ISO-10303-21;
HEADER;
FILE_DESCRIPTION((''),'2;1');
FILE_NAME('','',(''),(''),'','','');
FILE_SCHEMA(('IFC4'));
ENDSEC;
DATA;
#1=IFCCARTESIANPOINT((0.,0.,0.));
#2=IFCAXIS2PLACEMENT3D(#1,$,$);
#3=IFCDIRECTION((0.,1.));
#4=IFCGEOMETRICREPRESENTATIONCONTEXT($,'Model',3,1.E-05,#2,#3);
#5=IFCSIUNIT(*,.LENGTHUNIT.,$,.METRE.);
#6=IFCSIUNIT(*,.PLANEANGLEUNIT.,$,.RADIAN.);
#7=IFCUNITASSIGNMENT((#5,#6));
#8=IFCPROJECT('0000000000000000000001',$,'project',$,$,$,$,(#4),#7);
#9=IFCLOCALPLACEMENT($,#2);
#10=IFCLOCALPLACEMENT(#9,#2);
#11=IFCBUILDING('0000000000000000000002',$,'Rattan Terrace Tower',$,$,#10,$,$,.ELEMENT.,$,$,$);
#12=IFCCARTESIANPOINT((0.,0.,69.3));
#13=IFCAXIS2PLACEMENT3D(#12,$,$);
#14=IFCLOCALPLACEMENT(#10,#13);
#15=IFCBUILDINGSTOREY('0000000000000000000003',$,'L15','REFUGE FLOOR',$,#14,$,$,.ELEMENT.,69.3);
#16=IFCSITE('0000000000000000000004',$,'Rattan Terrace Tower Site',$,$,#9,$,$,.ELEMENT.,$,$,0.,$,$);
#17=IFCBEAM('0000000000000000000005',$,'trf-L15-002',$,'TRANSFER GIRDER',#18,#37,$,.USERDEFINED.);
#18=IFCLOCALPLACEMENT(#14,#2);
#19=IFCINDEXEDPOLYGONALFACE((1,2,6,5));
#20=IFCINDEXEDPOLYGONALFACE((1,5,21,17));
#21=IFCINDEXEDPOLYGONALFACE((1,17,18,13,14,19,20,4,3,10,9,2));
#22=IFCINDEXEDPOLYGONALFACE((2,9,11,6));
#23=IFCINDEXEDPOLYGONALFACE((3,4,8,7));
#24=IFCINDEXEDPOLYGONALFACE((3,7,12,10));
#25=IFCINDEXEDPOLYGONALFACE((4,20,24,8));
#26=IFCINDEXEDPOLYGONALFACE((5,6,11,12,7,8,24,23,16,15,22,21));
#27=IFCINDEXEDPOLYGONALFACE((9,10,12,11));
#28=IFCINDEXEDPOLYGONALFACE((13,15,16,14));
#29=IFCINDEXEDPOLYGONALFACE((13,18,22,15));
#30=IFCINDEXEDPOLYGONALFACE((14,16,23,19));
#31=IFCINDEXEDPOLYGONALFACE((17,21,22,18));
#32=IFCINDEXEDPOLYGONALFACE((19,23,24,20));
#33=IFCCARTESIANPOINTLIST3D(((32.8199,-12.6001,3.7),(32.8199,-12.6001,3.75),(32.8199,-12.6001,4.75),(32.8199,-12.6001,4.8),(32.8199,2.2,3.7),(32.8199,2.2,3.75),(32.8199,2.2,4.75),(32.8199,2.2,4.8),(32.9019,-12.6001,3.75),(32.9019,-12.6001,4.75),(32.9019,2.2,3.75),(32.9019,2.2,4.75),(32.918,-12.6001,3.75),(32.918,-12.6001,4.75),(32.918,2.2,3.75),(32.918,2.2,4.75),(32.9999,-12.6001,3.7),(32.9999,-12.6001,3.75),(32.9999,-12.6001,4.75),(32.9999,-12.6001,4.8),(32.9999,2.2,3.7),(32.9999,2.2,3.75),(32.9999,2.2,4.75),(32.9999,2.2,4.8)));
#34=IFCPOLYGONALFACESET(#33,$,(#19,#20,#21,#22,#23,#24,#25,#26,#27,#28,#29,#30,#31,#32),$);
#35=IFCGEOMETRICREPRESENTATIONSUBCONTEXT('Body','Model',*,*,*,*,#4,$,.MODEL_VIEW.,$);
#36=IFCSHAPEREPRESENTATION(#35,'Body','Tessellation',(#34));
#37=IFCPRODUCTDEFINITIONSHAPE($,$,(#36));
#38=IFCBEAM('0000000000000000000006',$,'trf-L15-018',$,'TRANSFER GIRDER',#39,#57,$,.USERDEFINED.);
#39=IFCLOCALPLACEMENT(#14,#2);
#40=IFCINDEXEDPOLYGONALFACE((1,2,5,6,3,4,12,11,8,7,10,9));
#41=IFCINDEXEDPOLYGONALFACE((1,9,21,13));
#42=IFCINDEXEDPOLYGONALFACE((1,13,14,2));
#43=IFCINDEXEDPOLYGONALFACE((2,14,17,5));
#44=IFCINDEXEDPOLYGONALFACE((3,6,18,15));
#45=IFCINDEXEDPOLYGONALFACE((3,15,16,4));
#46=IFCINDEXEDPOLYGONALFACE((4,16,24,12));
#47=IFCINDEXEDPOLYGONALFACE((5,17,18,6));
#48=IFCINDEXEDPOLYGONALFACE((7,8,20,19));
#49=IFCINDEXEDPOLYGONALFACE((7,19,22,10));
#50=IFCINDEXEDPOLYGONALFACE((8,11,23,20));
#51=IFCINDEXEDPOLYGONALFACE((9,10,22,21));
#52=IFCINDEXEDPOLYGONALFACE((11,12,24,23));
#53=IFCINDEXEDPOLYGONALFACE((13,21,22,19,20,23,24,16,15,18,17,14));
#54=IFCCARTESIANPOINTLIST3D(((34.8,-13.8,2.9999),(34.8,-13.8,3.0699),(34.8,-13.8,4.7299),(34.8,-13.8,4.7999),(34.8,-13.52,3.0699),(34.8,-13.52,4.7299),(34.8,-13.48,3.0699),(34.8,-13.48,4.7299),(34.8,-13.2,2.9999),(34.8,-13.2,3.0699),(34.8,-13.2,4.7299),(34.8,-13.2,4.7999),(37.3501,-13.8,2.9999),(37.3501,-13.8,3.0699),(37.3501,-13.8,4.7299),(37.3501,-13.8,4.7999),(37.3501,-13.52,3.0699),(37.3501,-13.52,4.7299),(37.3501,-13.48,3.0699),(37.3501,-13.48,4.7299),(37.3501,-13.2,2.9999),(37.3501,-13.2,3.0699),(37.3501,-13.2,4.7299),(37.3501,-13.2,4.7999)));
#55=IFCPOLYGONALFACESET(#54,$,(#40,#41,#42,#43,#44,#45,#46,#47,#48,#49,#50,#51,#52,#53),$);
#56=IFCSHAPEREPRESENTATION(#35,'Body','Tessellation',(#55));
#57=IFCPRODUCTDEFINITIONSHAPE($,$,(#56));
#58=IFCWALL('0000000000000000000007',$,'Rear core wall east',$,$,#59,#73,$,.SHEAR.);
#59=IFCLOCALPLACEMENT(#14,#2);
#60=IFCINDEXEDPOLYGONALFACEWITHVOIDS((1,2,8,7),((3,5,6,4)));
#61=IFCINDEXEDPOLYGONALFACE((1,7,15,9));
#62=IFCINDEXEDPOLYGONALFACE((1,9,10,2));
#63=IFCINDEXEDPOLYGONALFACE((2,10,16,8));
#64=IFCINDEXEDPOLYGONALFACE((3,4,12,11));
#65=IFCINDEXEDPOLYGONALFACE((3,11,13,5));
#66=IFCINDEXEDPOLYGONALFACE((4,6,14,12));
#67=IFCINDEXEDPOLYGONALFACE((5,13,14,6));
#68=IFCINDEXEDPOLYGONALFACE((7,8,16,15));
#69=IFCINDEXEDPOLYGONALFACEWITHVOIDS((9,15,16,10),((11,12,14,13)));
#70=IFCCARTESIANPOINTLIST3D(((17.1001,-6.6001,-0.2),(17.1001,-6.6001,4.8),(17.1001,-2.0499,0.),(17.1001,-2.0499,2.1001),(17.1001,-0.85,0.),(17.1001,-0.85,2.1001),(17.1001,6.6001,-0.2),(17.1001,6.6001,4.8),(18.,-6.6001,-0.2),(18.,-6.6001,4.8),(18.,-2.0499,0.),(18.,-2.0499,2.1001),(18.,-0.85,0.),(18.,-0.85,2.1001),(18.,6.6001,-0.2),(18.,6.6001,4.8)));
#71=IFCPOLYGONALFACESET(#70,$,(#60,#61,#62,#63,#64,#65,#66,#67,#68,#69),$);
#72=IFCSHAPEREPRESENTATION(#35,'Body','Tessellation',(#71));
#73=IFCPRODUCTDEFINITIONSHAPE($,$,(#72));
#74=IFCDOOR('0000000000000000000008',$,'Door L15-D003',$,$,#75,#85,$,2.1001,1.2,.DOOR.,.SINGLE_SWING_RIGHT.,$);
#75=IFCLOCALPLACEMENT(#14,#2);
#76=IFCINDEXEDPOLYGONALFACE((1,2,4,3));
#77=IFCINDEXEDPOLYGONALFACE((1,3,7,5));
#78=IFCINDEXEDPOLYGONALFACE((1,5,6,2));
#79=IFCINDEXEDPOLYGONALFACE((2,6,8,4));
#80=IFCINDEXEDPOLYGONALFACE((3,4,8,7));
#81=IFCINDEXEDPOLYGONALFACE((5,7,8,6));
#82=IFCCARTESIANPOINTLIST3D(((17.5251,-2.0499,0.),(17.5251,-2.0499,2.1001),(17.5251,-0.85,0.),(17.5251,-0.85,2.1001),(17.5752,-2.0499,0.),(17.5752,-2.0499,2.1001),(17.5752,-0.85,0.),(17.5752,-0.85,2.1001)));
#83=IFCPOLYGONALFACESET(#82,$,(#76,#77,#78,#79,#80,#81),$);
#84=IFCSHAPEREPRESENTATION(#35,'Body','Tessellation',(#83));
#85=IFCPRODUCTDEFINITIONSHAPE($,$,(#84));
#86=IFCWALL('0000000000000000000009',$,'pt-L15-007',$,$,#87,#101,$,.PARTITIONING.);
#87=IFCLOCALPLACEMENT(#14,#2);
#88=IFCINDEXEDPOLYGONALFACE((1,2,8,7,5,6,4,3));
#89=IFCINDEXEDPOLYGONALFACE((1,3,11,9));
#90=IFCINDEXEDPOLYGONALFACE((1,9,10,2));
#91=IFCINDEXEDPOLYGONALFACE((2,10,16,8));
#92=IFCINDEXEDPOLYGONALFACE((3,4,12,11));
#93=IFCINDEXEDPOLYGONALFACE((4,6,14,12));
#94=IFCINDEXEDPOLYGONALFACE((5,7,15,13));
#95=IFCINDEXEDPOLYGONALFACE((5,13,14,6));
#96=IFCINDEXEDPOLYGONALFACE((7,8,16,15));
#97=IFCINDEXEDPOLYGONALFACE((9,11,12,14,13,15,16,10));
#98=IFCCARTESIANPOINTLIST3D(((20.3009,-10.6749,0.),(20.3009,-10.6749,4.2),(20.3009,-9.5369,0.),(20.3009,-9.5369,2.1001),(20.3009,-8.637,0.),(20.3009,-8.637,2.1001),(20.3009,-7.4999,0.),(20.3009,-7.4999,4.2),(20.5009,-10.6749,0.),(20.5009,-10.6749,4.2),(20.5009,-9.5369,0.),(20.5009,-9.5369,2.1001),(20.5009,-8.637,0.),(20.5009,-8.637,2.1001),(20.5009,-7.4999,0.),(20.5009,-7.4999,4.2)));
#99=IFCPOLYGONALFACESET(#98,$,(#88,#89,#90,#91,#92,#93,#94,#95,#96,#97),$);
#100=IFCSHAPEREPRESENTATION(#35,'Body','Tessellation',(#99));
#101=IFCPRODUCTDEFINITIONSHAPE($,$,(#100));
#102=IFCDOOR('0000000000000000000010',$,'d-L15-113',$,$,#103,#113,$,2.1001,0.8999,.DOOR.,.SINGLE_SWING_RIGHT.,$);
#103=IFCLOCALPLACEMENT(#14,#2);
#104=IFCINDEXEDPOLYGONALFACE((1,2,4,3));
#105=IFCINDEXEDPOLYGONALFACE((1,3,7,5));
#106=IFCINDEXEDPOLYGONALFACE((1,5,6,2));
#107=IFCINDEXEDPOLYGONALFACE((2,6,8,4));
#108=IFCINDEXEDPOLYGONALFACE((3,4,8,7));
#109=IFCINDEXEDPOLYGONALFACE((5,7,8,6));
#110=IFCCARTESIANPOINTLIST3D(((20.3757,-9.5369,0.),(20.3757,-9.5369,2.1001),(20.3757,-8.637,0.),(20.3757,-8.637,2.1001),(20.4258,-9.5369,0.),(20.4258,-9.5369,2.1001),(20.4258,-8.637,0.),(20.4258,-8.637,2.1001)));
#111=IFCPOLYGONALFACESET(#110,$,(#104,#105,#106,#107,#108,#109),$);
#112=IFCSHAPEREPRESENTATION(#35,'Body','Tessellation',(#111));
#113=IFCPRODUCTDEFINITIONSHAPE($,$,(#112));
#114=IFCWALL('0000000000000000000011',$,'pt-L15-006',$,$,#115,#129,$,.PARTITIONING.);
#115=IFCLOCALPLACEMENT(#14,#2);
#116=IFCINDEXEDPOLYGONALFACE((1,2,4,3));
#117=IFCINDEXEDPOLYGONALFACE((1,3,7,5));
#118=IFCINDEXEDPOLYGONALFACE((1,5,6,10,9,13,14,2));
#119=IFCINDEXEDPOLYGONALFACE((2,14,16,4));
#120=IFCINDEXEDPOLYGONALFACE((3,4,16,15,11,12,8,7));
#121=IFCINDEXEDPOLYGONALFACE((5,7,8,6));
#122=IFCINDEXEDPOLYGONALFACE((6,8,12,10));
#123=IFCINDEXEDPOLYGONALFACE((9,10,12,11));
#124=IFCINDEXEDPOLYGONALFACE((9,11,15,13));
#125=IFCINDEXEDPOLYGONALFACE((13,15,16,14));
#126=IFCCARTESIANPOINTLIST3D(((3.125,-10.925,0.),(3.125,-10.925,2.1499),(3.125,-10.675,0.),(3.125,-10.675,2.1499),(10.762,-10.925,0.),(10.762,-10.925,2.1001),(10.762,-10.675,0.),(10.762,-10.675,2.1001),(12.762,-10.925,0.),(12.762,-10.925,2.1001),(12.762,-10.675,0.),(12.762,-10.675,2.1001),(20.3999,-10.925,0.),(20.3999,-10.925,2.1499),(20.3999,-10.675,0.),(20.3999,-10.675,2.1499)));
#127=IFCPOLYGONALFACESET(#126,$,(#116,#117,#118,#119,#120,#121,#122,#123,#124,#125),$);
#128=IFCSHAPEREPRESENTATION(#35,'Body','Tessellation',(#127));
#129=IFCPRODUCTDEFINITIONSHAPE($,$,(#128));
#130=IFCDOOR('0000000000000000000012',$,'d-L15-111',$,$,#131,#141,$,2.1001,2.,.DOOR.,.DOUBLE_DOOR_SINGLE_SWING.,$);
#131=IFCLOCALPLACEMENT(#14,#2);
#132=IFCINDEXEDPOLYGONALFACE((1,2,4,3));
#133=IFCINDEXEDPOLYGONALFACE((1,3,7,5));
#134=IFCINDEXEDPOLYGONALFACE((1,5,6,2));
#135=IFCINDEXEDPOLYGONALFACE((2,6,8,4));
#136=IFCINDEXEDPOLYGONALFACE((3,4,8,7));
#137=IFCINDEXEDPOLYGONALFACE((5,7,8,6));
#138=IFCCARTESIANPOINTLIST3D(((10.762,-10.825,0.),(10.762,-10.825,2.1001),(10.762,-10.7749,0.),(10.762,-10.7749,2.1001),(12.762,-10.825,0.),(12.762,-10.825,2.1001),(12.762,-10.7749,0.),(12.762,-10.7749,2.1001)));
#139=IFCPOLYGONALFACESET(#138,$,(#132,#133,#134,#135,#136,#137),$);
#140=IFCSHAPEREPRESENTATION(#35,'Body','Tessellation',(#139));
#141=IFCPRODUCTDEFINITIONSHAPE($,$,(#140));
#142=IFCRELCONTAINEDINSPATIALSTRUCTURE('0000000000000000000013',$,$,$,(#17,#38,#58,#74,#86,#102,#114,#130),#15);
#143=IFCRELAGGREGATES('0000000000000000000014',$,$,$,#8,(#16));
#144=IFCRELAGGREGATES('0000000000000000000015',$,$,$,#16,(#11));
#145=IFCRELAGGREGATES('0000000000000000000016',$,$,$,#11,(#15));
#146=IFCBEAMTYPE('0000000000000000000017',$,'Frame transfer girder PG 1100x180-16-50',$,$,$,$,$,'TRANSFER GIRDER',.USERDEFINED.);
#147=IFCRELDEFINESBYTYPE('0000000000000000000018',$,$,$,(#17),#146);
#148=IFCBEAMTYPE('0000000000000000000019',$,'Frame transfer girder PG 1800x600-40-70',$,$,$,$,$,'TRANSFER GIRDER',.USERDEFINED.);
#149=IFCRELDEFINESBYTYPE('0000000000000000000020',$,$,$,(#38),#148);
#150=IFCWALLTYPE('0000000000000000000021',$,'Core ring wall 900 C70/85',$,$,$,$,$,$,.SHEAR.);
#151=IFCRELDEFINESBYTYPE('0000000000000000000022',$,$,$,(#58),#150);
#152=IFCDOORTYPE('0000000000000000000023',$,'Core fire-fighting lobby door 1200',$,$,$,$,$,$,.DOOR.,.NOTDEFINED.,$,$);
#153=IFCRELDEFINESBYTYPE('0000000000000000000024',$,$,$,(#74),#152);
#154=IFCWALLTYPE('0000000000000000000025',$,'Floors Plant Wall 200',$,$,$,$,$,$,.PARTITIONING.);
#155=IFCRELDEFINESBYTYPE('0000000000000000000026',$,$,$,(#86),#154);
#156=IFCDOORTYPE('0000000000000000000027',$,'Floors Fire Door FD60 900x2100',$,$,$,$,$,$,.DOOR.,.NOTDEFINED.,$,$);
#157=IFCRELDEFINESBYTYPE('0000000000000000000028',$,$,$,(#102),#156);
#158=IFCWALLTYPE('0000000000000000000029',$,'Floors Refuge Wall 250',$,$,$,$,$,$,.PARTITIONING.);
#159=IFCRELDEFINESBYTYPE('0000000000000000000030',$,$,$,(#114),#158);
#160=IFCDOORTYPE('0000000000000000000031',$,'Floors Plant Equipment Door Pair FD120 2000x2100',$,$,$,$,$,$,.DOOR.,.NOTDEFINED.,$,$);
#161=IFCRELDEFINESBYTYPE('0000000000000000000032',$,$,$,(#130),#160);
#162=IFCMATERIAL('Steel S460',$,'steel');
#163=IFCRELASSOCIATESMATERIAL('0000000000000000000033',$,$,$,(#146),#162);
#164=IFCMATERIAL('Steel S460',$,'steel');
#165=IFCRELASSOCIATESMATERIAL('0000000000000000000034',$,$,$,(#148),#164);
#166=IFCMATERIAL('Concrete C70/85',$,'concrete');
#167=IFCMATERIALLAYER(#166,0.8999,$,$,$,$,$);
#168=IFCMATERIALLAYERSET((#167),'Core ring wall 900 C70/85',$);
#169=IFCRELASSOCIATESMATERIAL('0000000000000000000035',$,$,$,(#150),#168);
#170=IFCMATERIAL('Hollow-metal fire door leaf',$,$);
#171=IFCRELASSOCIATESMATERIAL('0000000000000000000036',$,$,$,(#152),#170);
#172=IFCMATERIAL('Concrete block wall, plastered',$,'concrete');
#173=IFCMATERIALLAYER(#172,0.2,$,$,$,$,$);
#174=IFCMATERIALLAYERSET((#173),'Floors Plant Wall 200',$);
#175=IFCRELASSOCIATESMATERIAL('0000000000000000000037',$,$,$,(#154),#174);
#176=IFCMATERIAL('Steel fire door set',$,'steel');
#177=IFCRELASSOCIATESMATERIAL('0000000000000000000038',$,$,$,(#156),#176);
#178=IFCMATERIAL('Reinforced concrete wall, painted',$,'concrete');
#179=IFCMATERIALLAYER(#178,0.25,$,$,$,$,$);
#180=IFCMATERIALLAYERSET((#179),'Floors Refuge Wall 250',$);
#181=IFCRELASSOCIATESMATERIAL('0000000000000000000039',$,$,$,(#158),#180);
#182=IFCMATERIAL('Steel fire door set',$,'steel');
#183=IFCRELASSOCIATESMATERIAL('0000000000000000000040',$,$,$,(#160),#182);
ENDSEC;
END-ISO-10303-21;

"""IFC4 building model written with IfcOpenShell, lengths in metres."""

from ifc_helpers import new_model, si_unit, direction, frame, frame_2d, origin, origin_2d, place, context, subcontext, project, spatial, rectangle, i_section, extrude, material, layer, layer_set, material_profile, profile_set, type_object, element, fill, save


model = new_model("IFC4")

# Units and contexts
model_context = context("Model", 3, precision=1e-05, world=origin(), true_north=direction((0.0, 1.0)))
body_context = subcontext(model_context, "Body", "Model", "MODEL_VIEW")
ifc_project = project(units=[si_unit("LENGTHUNIT", "METRE"), si_unit("PLANEANGLEUNIT", "RADIAN")], contexts=[model_context])

# Site, building, storey
site_placement = place(None, origin())
site = spatial("IfcSite", under=ifc_project, at=site_placement, Name="Rattan Terrace Tower Site", CompositionType="ELEMENT", RefElevation=0.0)
building_placement = place(site_placement, origin())
building = spatial("IfcBuilding", under=site, at=building_placement, Name="Rattan Terrace Tower", CompositionType="ELEMENT")
storey_placement = place(building_placement, frame((0.0, 0.0, 69.3)))
storey = spatial("IfcBuildingStorey", under=building, at=storey_placement, Name="L15", Description="REFUGE FLOOR", CompositionType="ELEMENT", Elevation=69.3)

# Beams
ifc_material_1 = material(Name="Steel S460", Category="steel")
ifc_material_profile_1 = material_profile(ifc_material_1, i_section(OverallWidth=0.1799, OverallDepth=1.1001, WebThickness=0.0161, FlangeThickness=0.05, at=origin_2d()), Name="PG 1100x180-16-50")
ifc_profile_set_1 = profile_set([ifc_material_profile_1], Name="Steel S460")
beam_type_1 = type_object("IfcBeamType", Name="Frame transfer girder PG 1100x180-16-50", ElementType="TRANSFER GIRDER", PredefinedType="USERDEFINED", material=ifc_profile_set_1)
beam_1_placement = place(storey_placement, frame((32.9099, -12.6001, 4.25), z_axis=(0.0, 1.0, 0.0), x_axis=(-1.0, 0.0, 0.0)))
element("IfcBeam", 1, at=beam_1_placement, inside=storey, type_object=beam_type_1, Name="trf-L15-002", ObjectType="TRANSFER GIRDER", PredefinedType="USERDEFINED", context=body_context, shape_type="SweptSolid", body=[
    extrude(i_section(OverallWidth=0.1799, OverallDepth=1.1001, WebThickness=0.0161, FlangeThickness=0.05, at=origin_2d()), origin(), (0.0, 0.0, 1.0), 14.8),
])
ifc_material_2 = material(Name="Steel S460", Category="steel")
ifc_material_profile_2 = material_profile(ifc_material_2, i_section(OverallWidth=0.6001, OverallDepth=1.8, WebThickness=0.04, FlangeThickness=0.0701, at=origin_2d()), Name="PG 1800x600-40-70")
ifc_profile_set_2 = profile_set([ifc_material_profile_2], Name="Steel S460")
beam_type_2 = type_object("IfcBeamType", Name="Frame transfer girder PG 1800x600-40-70", ElementType="TRANSFER GIRDER", PredefinedType="USERDEFINED", material=ifc_profile_set_2)
beam_2_placement = place(storey_placement, frame((34.8, -13.5, 3.8999), z_axis=(1.0, 0.0, 0.0), x_axis=(0.0, 1.0, 0.0)))
element("IfcBeam", 2, at=beam_2_placement, inside=storey, type_object=beam_type_2, Name="trf-L15-018", ObjectType="TRANSFER GIRDER", PredefinedType="USERDEFINED", context=body_context, shape_type="SweptSolid", body=[
    extrude(i_section(OverallWidth=0.6001, OverallDepth=1.8, WebThickness=0.04, FlangeThickness=0.0701, at=origin_2d()), origin(), (0.0, 0.0, 1.0), 2.55),
])

# Walls, openings, doors
ifc_material_3 = material(Name="Concrete C70/85", Category="concrete")
ifc_layer_1 = layer(ifc_material_3, 0.8999)
ifc_layer_set_1 = layer_set([ifc_layer_1], Name="Core ring wall 900 C70/85")
wall_type_1 = type_object("IfcWallType", Name="Core ring wall 900 C70/85", PredefinedType="SHEAR", material=ifc_layer_set_1)
wall_1_placement = place(storey_placement, frame((17.55, -6.6001, -0.2), z_axis=(0.0, 0.0, 1.0), x_axis=(0.0, 1.0, 0.0)))
wall_1 = element("IfcWall", 3, at=wall_1_placement, inside=storey, type_object=wall_type_1, Name="Rear core wall east", PredefinedType="SHEAR", context=body_context, shape_type="SweptSolid", body=[
    extrude(rectangle(XDim=13.2002, YDim=0.8999, at=frame_2d((6.6001, 0.0))), origin(), (0.0, 0.0, 1.0), 5.0),
])
opening_1_placement = place(wall_1_placement, frame((4.55, 0.0, 0.2)))
opening_1 = element("IfcOpeningElement", 4, at=opening_1_placement, cuts=wall_1, PredefinedType="OPENING", context=body_context, shape_type="SweptSolid", body=[
    extrude(rectangle(XDim=1.2, YDim=2.1001, at=frame_2d((0.6001, 1.05))), frame((0.0, 0.4604, 0.0), z_axis=(0.0, -1.0, 0.0), x_axis=(1.0, 0.0, 0.0)), (0.0, 0.0, 1.0), 0.9209),
])
ifc_material_4 = material(Name="Hollow-metal fire door leaf")
door_type_1 = type_object("IfcDoorType", Name="Core fire-fighting lobby door 1200", OperationType="NOTDEFINED", PredefinedType="DOOR", material=ifc_material_4)
door_1_placement = place(opening_1_placement, origin())
door_1 = element("IfcDoor", 5, at=door_1_placement, inside=storey, type_object=door_type_1, Name="Door L15-D003", OperationType="SINGLE_SWING_RIGHT", OverallHeight=2.1001, OverallWidth=1.2, PredefinedType="DOOR", context=body_context, shape_type="SweptSolid", body=[
    extrude(rectangle(XDim=1.2, YDim=2.1001, at=frame_2d((0.6001, 1.05))), frame((0.0, 0.0249, 0.0), z_axis=(0.0, -1.0, 0.0), x_axis=(1.0, 0.0, 0.0)), (0.0, 0.0, 1.0), 0.05),
])
fill(opening_1, door_1)
ifc_material_5 = material(Name="Concrete block wall, plastered", Category="concrete")
ifc_layer_2 = layer(ifc_material_5, 0.2)
ifc_layer_set_2 = layer_set([ifc_layer_2], Name="Floors Plant Wall 200")
wall_type_2 = type_object("IfcWallType", Name="Floors Plant Wall 200", PredefinedType="PARTITIONING", material=ifc_layer_set_2)
wall_2_placement = place(storey_placement, frame((20.4009, -7.5, 0.0), z_axis=(0.0, 0.0, 1.0), x_axis=(0.0, -1.0, 0.0)))
wall_2 = element("IfcWall", 6, at=wall_2_placement, inside=storey, type_object=wall_type_2, Name="pt-L15-007", PredefinedType="PARTITIONING", context=body_context, shape_type="SweptSolid", body=[
    extrude(rectangle(XDim=3.175, YDim=0.2, at=frame_2d((1.5874, 0.0))), origin(), (0.0, 0.0, 1.0), 4.2),
])
opening_2_placement = place(wall_2_placement, frame((1.137, 0.0, 0.0)))
opening_2 = element("IfcOpeningElement", 7, at=opening_2_placement, cuts=wall_2, PredefinedType="OPENING", context=body_context, shape_type="SweptSolid", body=[
    extrude(rectangle(XDim=0.8999, YDim=2.1001, at=frame_2d((0.45, 1.05))), frame((0.0, 0.1106, 0.0), z_axis=(0.0, -1.0, 0.0), x_axis=(1.0, 0.0, 0.0)), (0.0, 0.0, 1.0), 0.2209),
])
ifc_material_6 = material(Name="Steel fire door set", Category="steel")
door_type_2 = type_object("IfcDoorType", Name="Floors Fire Door FD60 900x2100", OperationType="NOTDEFINED", PredefinedType="DOOR", material=ifc_material_6)
door_2_placement = place(opening_2_placement, origin())
door_2 = element("IfcDoor", 8, at=door_2_placement, inside=storey, type_object=door_type_2, Name="d-L15-113", OperationType="SINGLE_SWING_RIGHT", OverallHeight=2.1001, OverallWidth=0.8999, PredefinedType="DOOR", context=body_context, shape_type="SweptSolid", body=[
    extrude(rectangle(XDim=0.8999, YDim=2.1001, at=frame_2d((0.45, 1.05))), frame((0.0, 0.0249, 0.0), z_axis=(0.0, -1.0, 0.0), x_axis=(1.0, 0.0, 0.0)), (0.0, 0.0, 1.0), 0.05),
])
fill(opening_2, door_2)
ifc_material_7 = material(Name="Reinforced concrete wall, painted", Category="concrete")
ifc_layer_3 = layer(ifc_material_7, 0.25)
ifc_layer_set_3 = layer_set([ifc_layer_3], Name="Floors Refuge Wall 250")
wall_type_3 = type_object("IfcWallType", Name="Floors Refuge Wall 250", PredefinedType="PARTITIONING", material=ifc_layer_set_3)
wall_3_placement = place(storey_placement, frame((20.3999, -10.8, 0.0), z_axis=(0.0, 0.0, 1.0), x_axis=(-1.0, 0.0, 0.0)))
wall_3 = element("IfcWall", 9, at=wall_3_placement, inside=storey, type_object=wall_type_3, Name="pt-L15-006", PredefinedType="PARTITIONING", context=body_context, shape_type="SweptSolid", body=[
    extrude(rectangle(XDim=17.2749, YDim=0.25, at=frame_2d((8.6375, 0.0))), origin(), (0.0, 0.0, 1.0), 2.1499),
])
opening_3_placement = place(wall_3_placement, frame((7.6379, 0.0, 0.0)))
opening_3 = element("IfcOpeningElement", 10, at=opening_3_placement, cuts=wall_3, PredefinedType="OPENING", context=body_context, shape_type="SweptSolid", body=[
    extrude(rectangle(XDim=2.0, YDim=2.1001, at=frame_2d((1.0, 1.05))), frame((0.0, 0.1355, 0.0), z_axis=(0.0, -1.0, 0.0), x_axis=(1.0, 0.0, 0.0)), (0.0, 0.0, 1.0), 0.271),
])
ifc_material_8 = material(Name="Steel fire door set", Category="steel")
door_type_3 = type_object("IfcDoorType", Name="Floors Plant Equipment Door Pair FD120 2000x2100", OperationType="NOTDEFINED", PredefinedType="DOOR", material=ifc_material_8)
door_3_placement = place(opening_3_placement, origin())
door_3 = element("IfcDoor", 11, at=door_3_placement, inside=storey, type_object=door_type_3, Name="d-L15-111", OperationType="DOUBLE_DOOR_SINGLE_SWING", OverallHeight=2.1001, OverallWidth=2.0, PredefinedType="DOOR", context=body_context, shape_type="SweptSolid", body=[
    extrude(rectangle(XDim=2.0, YDim=2.1001, at=frame_2d((1.0, 1.05))), frame((0.0, 0.0249, 0.0), z_axis=(0.0, -1.0, 0.0), x_axis=(1.0, 0.0, 0.0)), (0.0, 0.0, 1.0), 0.05),
])
fill(opening_3, door_3)

save(model, "model.ifc")
